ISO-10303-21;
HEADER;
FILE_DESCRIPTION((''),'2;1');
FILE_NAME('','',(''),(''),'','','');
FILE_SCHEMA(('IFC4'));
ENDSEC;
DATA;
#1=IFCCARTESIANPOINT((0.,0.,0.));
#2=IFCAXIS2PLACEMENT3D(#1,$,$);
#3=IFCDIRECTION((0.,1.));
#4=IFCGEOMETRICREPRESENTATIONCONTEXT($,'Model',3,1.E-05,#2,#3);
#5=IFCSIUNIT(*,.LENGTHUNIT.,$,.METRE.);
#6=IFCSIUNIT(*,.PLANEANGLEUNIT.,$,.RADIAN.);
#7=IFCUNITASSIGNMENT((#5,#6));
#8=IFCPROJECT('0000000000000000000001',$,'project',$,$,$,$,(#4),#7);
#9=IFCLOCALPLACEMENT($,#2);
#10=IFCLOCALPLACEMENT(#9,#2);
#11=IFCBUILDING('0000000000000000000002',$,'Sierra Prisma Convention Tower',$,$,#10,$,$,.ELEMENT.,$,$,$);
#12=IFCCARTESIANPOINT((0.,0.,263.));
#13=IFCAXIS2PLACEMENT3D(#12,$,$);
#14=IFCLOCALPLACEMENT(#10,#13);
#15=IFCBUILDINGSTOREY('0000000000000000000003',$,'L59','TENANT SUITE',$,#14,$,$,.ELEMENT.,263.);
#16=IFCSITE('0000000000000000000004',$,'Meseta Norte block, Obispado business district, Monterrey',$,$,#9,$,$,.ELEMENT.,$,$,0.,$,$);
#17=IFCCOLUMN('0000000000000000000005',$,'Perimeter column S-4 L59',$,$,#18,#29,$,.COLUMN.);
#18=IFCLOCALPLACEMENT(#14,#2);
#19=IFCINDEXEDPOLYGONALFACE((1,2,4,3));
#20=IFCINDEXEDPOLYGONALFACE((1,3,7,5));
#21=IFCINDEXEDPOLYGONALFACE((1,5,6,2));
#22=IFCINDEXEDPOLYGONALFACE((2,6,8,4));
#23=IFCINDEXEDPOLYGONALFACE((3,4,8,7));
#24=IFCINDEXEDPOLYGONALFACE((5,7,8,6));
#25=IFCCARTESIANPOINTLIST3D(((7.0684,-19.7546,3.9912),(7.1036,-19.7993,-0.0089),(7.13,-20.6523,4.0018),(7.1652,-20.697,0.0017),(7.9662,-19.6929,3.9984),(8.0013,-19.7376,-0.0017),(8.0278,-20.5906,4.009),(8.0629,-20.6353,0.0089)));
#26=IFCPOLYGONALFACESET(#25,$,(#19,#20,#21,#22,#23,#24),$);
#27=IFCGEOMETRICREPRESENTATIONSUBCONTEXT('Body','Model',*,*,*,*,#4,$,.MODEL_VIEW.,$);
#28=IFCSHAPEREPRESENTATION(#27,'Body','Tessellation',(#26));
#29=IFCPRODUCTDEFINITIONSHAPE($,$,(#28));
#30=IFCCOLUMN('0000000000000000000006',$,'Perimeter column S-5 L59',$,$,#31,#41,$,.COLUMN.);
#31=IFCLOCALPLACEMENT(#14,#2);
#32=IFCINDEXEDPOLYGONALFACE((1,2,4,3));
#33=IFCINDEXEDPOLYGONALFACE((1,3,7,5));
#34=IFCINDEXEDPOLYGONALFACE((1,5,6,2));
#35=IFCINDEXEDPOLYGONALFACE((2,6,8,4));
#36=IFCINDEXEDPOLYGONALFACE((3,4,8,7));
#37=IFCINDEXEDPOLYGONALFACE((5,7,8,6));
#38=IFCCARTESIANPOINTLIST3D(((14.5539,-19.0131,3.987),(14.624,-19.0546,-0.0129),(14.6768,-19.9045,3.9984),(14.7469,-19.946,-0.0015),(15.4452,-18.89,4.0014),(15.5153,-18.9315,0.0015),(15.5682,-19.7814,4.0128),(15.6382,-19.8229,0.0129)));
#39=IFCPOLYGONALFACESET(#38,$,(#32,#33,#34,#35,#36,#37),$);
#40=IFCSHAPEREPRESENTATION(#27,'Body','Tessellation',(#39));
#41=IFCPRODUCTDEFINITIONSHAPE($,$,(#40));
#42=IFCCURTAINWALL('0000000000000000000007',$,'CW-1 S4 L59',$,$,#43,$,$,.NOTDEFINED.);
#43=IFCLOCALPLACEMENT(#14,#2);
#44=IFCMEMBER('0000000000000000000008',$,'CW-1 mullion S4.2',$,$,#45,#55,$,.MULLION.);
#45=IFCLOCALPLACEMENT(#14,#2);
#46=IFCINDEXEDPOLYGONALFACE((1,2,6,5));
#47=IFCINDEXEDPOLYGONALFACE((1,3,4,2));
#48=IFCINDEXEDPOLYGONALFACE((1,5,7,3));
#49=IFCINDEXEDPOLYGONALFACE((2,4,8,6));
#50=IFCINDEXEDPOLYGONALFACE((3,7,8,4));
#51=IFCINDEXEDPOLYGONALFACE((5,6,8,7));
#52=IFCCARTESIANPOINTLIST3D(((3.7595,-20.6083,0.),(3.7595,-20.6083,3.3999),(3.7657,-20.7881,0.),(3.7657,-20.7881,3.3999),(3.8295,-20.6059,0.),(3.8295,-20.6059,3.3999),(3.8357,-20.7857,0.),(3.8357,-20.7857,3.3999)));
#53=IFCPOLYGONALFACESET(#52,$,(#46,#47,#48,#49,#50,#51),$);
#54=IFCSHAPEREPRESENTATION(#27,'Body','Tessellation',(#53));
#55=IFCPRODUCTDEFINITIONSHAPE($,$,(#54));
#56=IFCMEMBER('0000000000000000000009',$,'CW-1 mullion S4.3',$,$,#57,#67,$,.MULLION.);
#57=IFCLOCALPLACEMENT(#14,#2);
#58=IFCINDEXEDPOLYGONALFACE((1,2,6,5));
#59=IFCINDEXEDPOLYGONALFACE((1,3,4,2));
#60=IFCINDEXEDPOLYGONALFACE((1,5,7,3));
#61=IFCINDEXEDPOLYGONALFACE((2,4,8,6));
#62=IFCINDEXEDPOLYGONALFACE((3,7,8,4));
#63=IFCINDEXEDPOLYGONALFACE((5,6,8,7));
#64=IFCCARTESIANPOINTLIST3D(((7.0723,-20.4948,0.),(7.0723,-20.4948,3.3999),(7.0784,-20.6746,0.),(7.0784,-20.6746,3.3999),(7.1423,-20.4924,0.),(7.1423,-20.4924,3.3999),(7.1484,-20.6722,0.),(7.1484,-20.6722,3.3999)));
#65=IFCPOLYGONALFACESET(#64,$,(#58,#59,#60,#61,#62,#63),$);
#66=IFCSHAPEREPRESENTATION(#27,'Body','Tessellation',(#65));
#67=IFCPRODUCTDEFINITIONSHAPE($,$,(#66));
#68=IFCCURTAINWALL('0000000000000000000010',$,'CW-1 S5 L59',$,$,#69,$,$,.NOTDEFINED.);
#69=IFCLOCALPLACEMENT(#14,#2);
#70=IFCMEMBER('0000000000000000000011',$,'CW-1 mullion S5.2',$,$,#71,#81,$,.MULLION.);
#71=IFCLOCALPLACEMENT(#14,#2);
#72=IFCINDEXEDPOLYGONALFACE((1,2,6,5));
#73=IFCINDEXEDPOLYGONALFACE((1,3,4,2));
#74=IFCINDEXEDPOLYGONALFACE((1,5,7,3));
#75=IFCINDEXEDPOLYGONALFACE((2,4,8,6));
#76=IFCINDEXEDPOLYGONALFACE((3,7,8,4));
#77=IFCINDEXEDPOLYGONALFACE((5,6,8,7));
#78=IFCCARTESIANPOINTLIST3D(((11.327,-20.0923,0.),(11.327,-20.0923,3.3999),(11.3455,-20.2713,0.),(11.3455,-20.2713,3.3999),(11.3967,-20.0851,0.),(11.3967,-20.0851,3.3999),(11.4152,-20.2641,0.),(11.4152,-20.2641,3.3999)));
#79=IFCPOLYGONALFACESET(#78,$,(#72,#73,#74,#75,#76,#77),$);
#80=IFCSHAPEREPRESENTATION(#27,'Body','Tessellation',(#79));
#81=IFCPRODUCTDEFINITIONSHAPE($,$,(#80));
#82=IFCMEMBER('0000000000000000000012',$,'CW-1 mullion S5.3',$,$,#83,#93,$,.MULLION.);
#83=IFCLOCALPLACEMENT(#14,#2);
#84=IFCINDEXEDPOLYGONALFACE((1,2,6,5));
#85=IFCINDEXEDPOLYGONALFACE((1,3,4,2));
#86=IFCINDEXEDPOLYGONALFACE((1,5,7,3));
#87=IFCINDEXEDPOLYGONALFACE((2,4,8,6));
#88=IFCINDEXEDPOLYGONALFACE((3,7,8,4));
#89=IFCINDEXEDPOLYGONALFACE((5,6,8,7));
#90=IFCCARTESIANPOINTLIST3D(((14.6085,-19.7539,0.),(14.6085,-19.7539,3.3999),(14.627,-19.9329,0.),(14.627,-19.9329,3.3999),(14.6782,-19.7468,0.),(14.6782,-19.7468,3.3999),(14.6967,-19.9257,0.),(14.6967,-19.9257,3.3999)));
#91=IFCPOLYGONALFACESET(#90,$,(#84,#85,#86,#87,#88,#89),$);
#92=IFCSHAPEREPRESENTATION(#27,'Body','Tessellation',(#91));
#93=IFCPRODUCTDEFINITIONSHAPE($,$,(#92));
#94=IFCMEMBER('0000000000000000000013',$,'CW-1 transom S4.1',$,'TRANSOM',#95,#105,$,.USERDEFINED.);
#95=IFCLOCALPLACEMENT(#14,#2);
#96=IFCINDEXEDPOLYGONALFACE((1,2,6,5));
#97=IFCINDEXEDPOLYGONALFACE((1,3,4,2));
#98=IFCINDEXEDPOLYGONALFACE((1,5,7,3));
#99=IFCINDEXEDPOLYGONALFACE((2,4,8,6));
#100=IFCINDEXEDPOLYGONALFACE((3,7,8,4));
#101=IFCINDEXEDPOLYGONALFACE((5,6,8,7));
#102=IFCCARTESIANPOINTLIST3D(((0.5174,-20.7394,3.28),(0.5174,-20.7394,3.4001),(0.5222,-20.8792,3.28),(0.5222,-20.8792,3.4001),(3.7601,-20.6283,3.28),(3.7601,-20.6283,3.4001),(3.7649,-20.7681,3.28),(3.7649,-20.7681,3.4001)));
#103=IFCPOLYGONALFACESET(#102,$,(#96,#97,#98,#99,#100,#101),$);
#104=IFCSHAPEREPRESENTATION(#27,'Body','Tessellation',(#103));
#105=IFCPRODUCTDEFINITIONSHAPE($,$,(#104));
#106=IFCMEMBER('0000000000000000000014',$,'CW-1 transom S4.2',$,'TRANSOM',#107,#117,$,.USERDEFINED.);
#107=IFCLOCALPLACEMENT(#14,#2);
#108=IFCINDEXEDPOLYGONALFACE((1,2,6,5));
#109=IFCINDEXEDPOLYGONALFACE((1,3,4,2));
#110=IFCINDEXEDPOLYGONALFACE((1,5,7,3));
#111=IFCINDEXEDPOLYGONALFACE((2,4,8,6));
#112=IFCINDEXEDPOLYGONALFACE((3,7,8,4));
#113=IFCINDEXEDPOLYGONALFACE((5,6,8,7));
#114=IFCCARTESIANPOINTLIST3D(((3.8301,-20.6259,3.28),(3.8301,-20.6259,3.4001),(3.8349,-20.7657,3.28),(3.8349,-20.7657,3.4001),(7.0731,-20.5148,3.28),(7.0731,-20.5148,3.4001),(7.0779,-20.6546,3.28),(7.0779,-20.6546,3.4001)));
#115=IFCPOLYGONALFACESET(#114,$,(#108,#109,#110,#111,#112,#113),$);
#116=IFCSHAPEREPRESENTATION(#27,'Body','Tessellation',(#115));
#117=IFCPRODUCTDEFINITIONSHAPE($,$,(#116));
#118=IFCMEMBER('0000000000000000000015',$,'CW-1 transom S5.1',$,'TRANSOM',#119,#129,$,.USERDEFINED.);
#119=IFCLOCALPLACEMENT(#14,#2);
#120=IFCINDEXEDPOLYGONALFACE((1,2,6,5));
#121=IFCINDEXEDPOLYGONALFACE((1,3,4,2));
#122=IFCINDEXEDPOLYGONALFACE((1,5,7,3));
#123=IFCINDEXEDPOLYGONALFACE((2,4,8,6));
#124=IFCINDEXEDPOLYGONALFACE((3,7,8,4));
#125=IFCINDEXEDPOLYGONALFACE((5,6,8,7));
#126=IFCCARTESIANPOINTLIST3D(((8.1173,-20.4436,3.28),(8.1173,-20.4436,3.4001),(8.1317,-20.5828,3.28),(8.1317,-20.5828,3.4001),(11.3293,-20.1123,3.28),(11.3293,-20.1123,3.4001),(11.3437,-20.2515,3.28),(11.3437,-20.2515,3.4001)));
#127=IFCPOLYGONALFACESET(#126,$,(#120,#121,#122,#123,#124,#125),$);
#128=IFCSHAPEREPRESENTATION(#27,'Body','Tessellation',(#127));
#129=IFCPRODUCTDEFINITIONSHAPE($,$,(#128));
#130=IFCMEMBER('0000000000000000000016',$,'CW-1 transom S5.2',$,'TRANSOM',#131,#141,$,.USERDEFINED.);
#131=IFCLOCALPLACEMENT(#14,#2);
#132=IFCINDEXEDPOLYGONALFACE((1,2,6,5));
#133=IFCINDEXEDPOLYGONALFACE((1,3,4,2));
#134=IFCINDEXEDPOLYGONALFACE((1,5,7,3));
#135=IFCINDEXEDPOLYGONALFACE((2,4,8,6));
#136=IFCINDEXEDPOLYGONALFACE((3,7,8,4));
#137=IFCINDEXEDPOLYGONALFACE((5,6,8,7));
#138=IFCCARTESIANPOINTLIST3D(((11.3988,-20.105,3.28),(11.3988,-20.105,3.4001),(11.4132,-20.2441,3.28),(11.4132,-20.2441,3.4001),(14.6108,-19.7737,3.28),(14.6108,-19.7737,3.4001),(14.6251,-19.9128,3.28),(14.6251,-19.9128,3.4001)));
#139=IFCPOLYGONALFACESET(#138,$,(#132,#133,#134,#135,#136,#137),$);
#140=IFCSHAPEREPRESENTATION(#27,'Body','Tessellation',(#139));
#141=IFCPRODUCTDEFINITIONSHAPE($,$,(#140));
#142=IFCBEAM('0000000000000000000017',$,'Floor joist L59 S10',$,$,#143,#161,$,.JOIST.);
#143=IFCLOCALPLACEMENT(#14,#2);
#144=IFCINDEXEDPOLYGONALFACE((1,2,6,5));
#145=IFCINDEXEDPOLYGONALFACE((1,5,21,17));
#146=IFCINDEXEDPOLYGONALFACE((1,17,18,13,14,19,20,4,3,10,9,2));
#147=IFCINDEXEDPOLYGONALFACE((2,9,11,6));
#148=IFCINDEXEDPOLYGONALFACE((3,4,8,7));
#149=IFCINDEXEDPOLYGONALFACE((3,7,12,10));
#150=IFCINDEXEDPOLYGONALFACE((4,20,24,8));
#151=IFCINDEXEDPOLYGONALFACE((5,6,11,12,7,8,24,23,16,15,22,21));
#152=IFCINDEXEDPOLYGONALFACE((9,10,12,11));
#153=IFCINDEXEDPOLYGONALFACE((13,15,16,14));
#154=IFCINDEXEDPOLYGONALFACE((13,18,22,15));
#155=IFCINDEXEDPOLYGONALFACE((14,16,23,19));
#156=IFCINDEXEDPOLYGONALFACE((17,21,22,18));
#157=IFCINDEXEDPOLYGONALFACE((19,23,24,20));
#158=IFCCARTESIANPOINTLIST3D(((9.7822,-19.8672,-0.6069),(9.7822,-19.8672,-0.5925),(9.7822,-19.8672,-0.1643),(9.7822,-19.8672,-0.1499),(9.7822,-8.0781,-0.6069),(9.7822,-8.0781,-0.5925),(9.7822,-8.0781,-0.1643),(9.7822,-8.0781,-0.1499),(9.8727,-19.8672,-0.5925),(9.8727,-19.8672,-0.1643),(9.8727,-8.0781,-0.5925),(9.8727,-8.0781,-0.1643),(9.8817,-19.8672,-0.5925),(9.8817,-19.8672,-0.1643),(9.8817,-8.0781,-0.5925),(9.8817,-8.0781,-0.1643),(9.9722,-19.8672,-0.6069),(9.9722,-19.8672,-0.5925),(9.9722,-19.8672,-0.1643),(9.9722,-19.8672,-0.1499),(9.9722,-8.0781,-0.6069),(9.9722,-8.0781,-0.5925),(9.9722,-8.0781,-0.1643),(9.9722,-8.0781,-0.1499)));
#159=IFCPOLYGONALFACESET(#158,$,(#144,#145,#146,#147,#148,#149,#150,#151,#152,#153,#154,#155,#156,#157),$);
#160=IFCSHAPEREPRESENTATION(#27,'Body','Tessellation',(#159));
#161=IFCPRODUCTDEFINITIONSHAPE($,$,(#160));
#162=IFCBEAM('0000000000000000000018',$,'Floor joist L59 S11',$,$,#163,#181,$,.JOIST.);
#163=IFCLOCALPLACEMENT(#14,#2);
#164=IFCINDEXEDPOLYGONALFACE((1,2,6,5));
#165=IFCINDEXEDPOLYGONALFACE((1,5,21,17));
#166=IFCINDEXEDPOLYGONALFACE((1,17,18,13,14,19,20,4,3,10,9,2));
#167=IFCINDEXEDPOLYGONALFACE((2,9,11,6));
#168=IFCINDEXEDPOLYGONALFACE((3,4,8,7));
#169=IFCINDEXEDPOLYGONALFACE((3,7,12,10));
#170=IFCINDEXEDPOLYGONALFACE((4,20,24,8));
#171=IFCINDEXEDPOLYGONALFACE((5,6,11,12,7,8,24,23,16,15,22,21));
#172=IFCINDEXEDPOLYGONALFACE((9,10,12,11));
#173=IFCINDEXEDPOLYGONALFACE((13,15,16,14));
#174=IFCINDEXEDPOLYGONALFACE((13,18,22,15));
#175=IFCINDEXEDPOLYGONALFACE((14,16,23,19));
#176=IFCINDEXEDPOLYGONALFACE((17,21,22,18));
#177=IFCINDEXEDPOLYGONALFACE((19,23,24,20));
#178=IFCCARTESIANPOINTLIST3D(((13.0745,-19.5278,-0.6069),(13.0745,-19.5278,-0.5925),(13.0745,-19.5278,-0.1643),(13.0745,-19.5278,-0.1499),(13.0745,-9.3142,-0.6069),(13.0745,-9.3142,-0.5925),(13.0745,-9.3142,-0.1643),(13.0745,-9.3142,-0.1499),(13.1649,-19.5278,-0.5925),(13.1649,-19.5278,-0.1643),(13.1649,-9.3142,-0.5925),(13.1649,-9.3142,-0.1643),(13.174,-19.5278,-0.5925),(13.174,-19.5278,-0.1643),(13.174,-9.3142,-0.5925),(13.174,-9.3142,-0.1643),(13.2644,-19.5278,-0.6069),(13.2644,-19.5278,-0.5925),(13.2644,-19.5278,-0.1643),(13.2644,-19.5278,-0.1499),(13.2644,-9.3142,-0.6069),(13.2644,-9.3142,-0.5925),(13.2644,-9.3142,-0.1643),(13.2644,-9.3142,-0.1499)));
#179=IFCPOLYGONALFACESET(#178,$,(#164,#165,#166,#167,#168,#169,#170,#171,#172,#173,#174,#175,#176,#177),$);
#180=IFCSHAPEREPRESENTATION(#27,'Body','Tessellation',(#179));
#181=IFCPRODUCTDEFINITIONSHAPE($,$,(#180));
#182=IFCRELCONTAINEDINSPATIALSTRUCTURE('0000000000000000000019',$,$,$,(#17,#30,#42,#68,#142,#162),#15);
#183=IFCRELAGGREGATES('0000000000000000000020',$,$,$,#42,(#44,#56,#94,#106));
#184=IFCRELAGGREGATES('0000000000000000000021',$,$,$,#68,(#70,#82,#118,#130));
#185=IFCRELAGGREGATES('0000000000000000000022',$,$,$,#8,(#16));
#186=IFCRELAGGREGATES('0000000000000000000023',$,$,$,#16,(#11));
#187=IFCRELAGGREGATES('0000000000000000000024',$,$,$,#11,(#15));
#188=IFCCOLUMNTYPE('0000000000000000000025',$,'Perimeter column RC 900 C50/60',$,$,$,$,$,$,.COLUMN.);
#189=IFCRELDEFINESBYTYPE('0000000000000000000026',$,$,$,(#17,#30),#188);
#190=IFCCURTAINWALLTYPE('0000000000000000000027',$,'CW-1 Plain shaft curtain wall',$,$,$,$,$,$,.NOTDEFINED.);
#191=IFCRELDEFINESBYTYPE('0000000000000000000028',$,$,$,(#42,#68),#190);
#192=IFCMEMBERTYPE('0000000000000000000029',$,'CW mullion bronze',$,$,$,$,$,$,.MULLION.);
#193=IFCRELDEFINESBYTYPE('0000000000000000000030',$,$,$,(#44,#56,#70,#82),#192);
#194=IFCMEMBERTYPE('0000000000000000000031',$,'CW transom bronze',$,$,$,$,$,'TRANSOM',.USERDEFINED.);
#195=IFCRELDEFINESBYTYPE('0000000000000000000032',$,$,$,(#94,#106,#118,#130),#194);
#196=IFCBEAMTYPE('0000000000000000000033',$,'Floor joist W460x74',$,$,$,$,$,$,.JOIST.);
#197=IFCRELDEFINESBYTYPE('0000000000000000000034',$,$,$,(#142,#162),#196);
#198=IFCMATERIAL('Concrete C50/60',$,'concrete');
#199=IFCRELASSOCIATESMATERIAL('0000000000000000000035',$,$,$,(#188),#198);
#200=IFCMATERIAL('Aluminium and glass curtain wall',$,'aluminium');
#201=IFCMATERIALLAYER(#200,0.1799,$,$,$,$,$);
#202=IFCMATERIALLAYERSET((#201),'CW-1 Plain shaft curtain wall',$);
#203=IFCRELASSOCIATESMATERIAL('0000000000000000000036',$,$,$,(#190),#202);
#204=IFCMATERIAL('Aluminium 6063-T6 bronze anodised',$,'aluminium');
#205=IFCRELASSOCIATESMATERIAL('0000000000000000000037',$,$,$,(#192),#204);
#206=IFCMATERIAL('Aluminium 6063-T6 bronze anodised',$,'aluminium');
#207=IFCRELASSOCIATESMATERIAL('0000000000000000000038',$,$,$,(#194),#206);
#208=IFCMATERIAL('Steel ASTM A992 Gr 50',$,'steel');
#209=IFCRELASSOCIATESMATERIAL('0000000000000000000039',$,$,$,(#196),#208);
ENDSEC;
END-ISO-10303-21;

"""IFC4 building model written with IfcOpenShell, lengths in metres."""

from ifc_helpers import new_model, si_unit, direction, frame, origin, origin_2d, place, context, subcontext, project, spatial, rectangle, i_section, extrude, material, layer, layer_set, material_profile, profile_set, type_object, element, aggregate, save


model = new_model("IFC4")

# Units and contexts
model_context = context("Model", 3, precision=1e-05, world=origin(), true_north=direction((0.0, 1.0)))
body_context = subcontext(model_context, "Body", "Model", "MODEL_VIEW")
ifc_project = project(units=[si_unit("LENGTHUNIT", "METRE"), si_unit("PLANEANGLEUNIT", "RADIAN")], contexts=[model_context])

# Site, building, storey
site_placement = place(None, origin())
site = spatial("IfcSite", under=ifc_project, at=site_placement, Name="Meseta Norte block, Obispado business district, Monterrey", CompositionType="ELEMENT", RefElevation=0.0)
building_placement = place(site_placement, origin())
building = spatial("IfcBuilding", under=site, at=building_placement, Name="Sierra Prisma Convention Tower", CompositionType="ELEMENT")
storey_placement = place(building_placement, frame((0.0, 0.0, 263.0)))
storey = spatial("IfcBuildingStorey", under=building, at=storey_placement, Name="L59", Description="TENANT SUITE", CompositionType="ELEMENT", Elevation=263.0)

# Columns
ifc_material_1 = material(Name="Concrete C50/60", Category="concrete")
ifc_material_profile_1 = material_profile(ifc_material_1, rectangle(XDim=0.8999, YDim=0.8999, at=origin_2d()), Name="Perimeter column RC 900 C50/60")
ifc_profile_set_1 = profile_set([ifc_material_profile_1], Name="Concrete C50/60")
column_type = type_object("IfcColumnType", Name="Perimeter column RC 900 C50/60", PredefinedType="COLUMN", material=ifc_profile_set_1)
column_1_placement = place(storey_placement, frame((7.5833, -20.2173, 0.0), z_axis=(-0.008788, 0.011168, 0.999899), x_axis=(0.997615, 0.068558, 0.008002)))
element("IfcColumn", 1, at=column_1_placement, inside=storey, type_object=column_type, Name="Perimeter column S-4 L59", PredefinedType="COLUMN", context=body_context, shape_type="SweptSolid", body=[
    extrude(rectangle(XDim=0.8999, YDim=0.8999, at=origin_2d()), origin(), (0.0, 0.0, 1.0), 4.0005),
])
column_2_placement = place(storey_placement, frame((15.1311, -19.4387, 0.0), z_axis=(-0.017513, 0.010374, 0.999793), x_axis=(0.990473, 0.136782, 0.015931)))
element("IfcColumn", 2, at=column_2_placement, inside=storey, type_object=column_type, Name="Perimeter column S-5 L59", PredefinedType="COLUMN", context=body_context, shape_type="SweptSolid", body=[
    extrude(rectangle(XDim=0.8999, YDim=0.8999, at=origin_2d()), origin(), (0.0, 0.0, 1.0), 4.0007),
])

# Curtain walls, members
ifc_material_2 = material(Name="Aluminium and glass curtain wall", Category="aluminium")
ifc_layer_1 = layer(ifc_material_2, 0.1799)
ifc_layer_set_1 = layer_set([ifc_layer_1], Name="CW-1 Plain shaft curtain wall")
curtain_wall_type = type_object("IfcCurtainWallType", Name="CW-1 Plain shaft curtain wall", PredefinedType="NOTDEFINED", material=ifc_layer_set_1)
curtain_wall_1_placement = place(storey_placement, origin())
curtain_wall_1 = element("IfcCurtainWall", 3, at=curtain_wall_1_placement, inside=storey, type_object=curtain_wall_type, Name="CW-1 S4 L59", PredefinedType="NOTDEFINED")
ifc_material_3 = material(Name="Aluminium 6063-T6 bronze anodised", Category="aluminium")
ifc_material_profile_2 = material_profile(ifc_material_3, rectangle(XDim=0.1799, YDim=0.0701, at=origin_2d()), Name="ALU MULLION 70x180")
ifc_profile_set_2 = profile_set([ifc_material_profile_2], Name="Aluminium 6063-T6 bronze anodised")
member_type_1 = type_object("IfcMemberType", Name="CW mullion bronze", PredefinedType="MULLION", material=ifc_profile_set_2)
member_1_placement = place(storey_placement, frame((3.7976, -20.697, 0.0), z_axis=(0.0, 0.0, 1.0), x_axis=(-0.034253, 0.999413, 0.0)))
member_1 = element("IfcMember", 4, at=member_1_placement, type_object=member_type_1, Name="CW-1 mullion S4.2", PredefinedType="MULLION", context=body_context, shape_type="SweptSolid", body=[
    extrude(rectangle(XDim=0.1799, YDim=0.0701, at=origin_2d()), origin(), (0.0, 0.0, 1.0), 3.3999),
])
member_2_placement = place(storey_placement, frame((7.1104, -20.5835, 0.0), z_axis=(0.0, 0.0, 1.0), x_axis=(-0.034253, 0.999413, 0.0)))
member_2 = element("IfcMember", 5, at=member_2_placement, type_object=member_type_1, Name="CW-1 mullion S4.3", PredefinedType="MULLION", context=body_context, shape_type="SweptSolid", body=[
    extrude(rectangle(XDim=0.1799, YDim=0.0701, at=origin_2d()), origin(), (0.0, 0.0, 1.0), 3.3999),
])
curtain_wall_2_placement = place(storey_placement, origin())
curtain_wall_2 = element("IfcCurtainWall", 6, at=curtain_wall_2_placement, inside=storey, type_object=curtain_wall_type, Name="CW-1 S5 L59", PredefinedType="NOTDEFINED")
member_3_placement = place(storey_placement, frame((11.3711, -20.1782, 0.0), z_axis=(0.0, 0.0, 1.0), x_axis=(-0.102598, 0.994723, 0.0)))
member_3 = element("IfcMember", 7, at=member_3_placement, type_object=member_type_1, Name="CW-1 mullion S5.2", PredefinedType="MULLION", context=body_context, shape_type="SweptSolid", body=[
    extrude(rectangle(XDim=0.1799, YDim=0.0701, at=origin_2d()), origin(), (0.0, 0.0, 1.0), 3.3999),
])
member_4_placement = place(storey_placement, frame((14.6526, -19.8398, 0.0), z_axis=(0.0, 0.0, 1.0), x_axis=(-0.102598, 0.994723, 0.0)))
member_4 = element("IfcMember", 8, at=member_4_placement, type_object=member_type_1, Name="CW-1 mullion S5.3", PredefinedType="MULLION", context=body_context, shape_type="SweptSolid", body=[
    extrude(rectangle(XDim=0.1799, YDim=0.0701, at=origin_2d()), origin(), (0.0, 0.0, 1.0), 3.3999),
])

# Members
ifc_material_4 = material(Name="Aluminium 6063-T6 bronze anodised", Category="aluminium")
ifc_material_profile_3 = material_profile(ifc_material_4, rectangle(XDim=0.1399, YDim=0.1201, at=origin_2d()), Name="ALU TRANSOM 120x140")
ifc_profile_set_3 = profile_set([ifc_material_profile_3], Name="Aluminium 6063-T6 bronze anodised")
member_type_2 = type_object("IfcMemberType", Name="CW transom bronze", ElementType="TRANSOM", PredefinedType="USERDEFINED", material=ifc_profile_set_3)
member_5_placement = place(storey_placement, frame((0.5198, -20.8093, 3.3401), z_axis=(0.999414, 0.034237, 0.0), x_axis=(-0.034237, 0.999414, 0.0)))
member_5 = element("IfcMember", 9, at=member_5_placement, type_object=member_type_2, Name="CW-1 transom S4.1", ObjectType="TRANSOM", PredefinedType="USERDEFINED", context=body_context, shape_type="SweptSolid", body=[
    extrude(rectangle(XDim=0.1399, YDim=0.1201, at=origin_2d()), origin(), (0.0, 0.0, 1.0), 3.2446),
])
member_6_placement = place(storey_placement, frame((3.8325, -20.6958, 3.3401), z_axis=(0.999414, 0.034234, 0.0), x_axis=(-0.034234, 0.999414, 0.0)))
member_6 = element("IfcMember", 10, at=member_6_placement, type_object=member_type_2, Name="CW-1 transom S4.2", ObjectType="TRANSOM", PredefinedType="USERDEFINED", context=body_context, shape_type="SweptSolid", body=[
    extrude(rectangle(XDim=0.1399, YDim=0.1201, at=origin_2d()), origin(), (0.0, 0.0, 1.0), 3.2449),
])
member_7_placement = place(storey_placement, frame((8.1245, -20.5132, 3.3401), z_axis=(0.994722, 0.102602, 0.0), x_axis=(-0.102602, 0.994722, 0.0)))
member_7 = element("IfcMember", 11, at=member_7_placement, type_object=member_type_2, Name="CW-1 transom S5.1", ObjectType="TRANSOM", PredefinedType="USERDEFINED", context=body_context, shape_type="SweptSolid", body=[
    extrude(rectangle(XDim=0.1399, YDim=0.1201, at=origin_2d()), origin(), (0.0, 0.0, 1.0), 3.229),
])
member_8_placement = place(storey_placement, frame((11.406, -20.1746, 3.3401), z_axis=(0.994722, 0.102602, 0.0), x_axis=(-0.102602, 0.994722, 0.0)))
member_8 = element("IfcMember", 12, at=member_8_placement, type_object=member_type_2, Name="CW-1 transom S5.2", ObjectType="TRANSOM", PredefinedType="USERDEFINED", context=body_context, shape_type="SweptSolid", body=[
    extrude(rectangle(XDim=0.1399, YDim=0.1201, at=origin_2d()), origin(), (0.0, 0.0, 1.0), 3.229),
])

# Beams
ifc_material_5 = material(Name="Steel ASTM A992 Gr 50", Category="steel")
ifc_material_profile_4 = material_profile(ifc_material_5, i_section(OverallWidth=0.1899, OverallDepth=0.457, WebThickness=0.009, FlangeThickness=0.0144, at=origin_2d()), Name="W460x74")
ifc_profile_set_4 = profile_set([ifc_material_profile_4], Name="Steel ASTM A992 Gr 50")
beam_type_1 = type_object("IfcBeamType", Name="Floor joist W460x74", PredefinedType="JOIST", material=ifc_profile_set_4)
beam_1_placement = place(storey_placement, frame((9.8772, -19.8672, -0.3784), z_axis=(0.0, 1.0, 0.0), x_axis=(-1.0, 0.0, 0.0)))
element("IfcBeam", 13, at=beam_1_placement, inside=storey, type_object=beam_type_1, Name="Floor joist L59 S10", PredefinedType="JOIST", context=body_context, shape_type="SweptSolid", body=[
    extrude(i_section(OverallWidth=0.1899, OverallDepth=0.457, WebThickness=0.009, FlangeThickness=0.0144, at=origin_2d()), origin(), (0.0, 0.0, 1.0), 11.7891),
])
beam_2_placement = place(storey_placement, frame((13.1694, -19.5278, -0.3784), z_axis=(0.0, 1.0, 0.0), x_axis=(-1.0, 0.0, 0.0)))
element("IfcBeam", 14, at=beam_2_placement, inside=storey, type_object=beam_type_1, Name="Floor joist L59 S11", PredefinedType="JOIST", context=body_context, shape_type="SweptSolid", body=[
    extrude(i_section(OverallWidth=0.1899, OverallDepth=0.457, WebThickness=0.009, FlangeThickness=0.0144, at=origin_2d()), origin(), (0.0, 0.0, 1.0), 10.2136),
])

aggregate(curtain_wall_1, [member_1, member_2, member_5, member_6])
aggregate(curtain_wall_2, [member_3, member_4, member_7, member_8])

save(model, "model.ifc")
